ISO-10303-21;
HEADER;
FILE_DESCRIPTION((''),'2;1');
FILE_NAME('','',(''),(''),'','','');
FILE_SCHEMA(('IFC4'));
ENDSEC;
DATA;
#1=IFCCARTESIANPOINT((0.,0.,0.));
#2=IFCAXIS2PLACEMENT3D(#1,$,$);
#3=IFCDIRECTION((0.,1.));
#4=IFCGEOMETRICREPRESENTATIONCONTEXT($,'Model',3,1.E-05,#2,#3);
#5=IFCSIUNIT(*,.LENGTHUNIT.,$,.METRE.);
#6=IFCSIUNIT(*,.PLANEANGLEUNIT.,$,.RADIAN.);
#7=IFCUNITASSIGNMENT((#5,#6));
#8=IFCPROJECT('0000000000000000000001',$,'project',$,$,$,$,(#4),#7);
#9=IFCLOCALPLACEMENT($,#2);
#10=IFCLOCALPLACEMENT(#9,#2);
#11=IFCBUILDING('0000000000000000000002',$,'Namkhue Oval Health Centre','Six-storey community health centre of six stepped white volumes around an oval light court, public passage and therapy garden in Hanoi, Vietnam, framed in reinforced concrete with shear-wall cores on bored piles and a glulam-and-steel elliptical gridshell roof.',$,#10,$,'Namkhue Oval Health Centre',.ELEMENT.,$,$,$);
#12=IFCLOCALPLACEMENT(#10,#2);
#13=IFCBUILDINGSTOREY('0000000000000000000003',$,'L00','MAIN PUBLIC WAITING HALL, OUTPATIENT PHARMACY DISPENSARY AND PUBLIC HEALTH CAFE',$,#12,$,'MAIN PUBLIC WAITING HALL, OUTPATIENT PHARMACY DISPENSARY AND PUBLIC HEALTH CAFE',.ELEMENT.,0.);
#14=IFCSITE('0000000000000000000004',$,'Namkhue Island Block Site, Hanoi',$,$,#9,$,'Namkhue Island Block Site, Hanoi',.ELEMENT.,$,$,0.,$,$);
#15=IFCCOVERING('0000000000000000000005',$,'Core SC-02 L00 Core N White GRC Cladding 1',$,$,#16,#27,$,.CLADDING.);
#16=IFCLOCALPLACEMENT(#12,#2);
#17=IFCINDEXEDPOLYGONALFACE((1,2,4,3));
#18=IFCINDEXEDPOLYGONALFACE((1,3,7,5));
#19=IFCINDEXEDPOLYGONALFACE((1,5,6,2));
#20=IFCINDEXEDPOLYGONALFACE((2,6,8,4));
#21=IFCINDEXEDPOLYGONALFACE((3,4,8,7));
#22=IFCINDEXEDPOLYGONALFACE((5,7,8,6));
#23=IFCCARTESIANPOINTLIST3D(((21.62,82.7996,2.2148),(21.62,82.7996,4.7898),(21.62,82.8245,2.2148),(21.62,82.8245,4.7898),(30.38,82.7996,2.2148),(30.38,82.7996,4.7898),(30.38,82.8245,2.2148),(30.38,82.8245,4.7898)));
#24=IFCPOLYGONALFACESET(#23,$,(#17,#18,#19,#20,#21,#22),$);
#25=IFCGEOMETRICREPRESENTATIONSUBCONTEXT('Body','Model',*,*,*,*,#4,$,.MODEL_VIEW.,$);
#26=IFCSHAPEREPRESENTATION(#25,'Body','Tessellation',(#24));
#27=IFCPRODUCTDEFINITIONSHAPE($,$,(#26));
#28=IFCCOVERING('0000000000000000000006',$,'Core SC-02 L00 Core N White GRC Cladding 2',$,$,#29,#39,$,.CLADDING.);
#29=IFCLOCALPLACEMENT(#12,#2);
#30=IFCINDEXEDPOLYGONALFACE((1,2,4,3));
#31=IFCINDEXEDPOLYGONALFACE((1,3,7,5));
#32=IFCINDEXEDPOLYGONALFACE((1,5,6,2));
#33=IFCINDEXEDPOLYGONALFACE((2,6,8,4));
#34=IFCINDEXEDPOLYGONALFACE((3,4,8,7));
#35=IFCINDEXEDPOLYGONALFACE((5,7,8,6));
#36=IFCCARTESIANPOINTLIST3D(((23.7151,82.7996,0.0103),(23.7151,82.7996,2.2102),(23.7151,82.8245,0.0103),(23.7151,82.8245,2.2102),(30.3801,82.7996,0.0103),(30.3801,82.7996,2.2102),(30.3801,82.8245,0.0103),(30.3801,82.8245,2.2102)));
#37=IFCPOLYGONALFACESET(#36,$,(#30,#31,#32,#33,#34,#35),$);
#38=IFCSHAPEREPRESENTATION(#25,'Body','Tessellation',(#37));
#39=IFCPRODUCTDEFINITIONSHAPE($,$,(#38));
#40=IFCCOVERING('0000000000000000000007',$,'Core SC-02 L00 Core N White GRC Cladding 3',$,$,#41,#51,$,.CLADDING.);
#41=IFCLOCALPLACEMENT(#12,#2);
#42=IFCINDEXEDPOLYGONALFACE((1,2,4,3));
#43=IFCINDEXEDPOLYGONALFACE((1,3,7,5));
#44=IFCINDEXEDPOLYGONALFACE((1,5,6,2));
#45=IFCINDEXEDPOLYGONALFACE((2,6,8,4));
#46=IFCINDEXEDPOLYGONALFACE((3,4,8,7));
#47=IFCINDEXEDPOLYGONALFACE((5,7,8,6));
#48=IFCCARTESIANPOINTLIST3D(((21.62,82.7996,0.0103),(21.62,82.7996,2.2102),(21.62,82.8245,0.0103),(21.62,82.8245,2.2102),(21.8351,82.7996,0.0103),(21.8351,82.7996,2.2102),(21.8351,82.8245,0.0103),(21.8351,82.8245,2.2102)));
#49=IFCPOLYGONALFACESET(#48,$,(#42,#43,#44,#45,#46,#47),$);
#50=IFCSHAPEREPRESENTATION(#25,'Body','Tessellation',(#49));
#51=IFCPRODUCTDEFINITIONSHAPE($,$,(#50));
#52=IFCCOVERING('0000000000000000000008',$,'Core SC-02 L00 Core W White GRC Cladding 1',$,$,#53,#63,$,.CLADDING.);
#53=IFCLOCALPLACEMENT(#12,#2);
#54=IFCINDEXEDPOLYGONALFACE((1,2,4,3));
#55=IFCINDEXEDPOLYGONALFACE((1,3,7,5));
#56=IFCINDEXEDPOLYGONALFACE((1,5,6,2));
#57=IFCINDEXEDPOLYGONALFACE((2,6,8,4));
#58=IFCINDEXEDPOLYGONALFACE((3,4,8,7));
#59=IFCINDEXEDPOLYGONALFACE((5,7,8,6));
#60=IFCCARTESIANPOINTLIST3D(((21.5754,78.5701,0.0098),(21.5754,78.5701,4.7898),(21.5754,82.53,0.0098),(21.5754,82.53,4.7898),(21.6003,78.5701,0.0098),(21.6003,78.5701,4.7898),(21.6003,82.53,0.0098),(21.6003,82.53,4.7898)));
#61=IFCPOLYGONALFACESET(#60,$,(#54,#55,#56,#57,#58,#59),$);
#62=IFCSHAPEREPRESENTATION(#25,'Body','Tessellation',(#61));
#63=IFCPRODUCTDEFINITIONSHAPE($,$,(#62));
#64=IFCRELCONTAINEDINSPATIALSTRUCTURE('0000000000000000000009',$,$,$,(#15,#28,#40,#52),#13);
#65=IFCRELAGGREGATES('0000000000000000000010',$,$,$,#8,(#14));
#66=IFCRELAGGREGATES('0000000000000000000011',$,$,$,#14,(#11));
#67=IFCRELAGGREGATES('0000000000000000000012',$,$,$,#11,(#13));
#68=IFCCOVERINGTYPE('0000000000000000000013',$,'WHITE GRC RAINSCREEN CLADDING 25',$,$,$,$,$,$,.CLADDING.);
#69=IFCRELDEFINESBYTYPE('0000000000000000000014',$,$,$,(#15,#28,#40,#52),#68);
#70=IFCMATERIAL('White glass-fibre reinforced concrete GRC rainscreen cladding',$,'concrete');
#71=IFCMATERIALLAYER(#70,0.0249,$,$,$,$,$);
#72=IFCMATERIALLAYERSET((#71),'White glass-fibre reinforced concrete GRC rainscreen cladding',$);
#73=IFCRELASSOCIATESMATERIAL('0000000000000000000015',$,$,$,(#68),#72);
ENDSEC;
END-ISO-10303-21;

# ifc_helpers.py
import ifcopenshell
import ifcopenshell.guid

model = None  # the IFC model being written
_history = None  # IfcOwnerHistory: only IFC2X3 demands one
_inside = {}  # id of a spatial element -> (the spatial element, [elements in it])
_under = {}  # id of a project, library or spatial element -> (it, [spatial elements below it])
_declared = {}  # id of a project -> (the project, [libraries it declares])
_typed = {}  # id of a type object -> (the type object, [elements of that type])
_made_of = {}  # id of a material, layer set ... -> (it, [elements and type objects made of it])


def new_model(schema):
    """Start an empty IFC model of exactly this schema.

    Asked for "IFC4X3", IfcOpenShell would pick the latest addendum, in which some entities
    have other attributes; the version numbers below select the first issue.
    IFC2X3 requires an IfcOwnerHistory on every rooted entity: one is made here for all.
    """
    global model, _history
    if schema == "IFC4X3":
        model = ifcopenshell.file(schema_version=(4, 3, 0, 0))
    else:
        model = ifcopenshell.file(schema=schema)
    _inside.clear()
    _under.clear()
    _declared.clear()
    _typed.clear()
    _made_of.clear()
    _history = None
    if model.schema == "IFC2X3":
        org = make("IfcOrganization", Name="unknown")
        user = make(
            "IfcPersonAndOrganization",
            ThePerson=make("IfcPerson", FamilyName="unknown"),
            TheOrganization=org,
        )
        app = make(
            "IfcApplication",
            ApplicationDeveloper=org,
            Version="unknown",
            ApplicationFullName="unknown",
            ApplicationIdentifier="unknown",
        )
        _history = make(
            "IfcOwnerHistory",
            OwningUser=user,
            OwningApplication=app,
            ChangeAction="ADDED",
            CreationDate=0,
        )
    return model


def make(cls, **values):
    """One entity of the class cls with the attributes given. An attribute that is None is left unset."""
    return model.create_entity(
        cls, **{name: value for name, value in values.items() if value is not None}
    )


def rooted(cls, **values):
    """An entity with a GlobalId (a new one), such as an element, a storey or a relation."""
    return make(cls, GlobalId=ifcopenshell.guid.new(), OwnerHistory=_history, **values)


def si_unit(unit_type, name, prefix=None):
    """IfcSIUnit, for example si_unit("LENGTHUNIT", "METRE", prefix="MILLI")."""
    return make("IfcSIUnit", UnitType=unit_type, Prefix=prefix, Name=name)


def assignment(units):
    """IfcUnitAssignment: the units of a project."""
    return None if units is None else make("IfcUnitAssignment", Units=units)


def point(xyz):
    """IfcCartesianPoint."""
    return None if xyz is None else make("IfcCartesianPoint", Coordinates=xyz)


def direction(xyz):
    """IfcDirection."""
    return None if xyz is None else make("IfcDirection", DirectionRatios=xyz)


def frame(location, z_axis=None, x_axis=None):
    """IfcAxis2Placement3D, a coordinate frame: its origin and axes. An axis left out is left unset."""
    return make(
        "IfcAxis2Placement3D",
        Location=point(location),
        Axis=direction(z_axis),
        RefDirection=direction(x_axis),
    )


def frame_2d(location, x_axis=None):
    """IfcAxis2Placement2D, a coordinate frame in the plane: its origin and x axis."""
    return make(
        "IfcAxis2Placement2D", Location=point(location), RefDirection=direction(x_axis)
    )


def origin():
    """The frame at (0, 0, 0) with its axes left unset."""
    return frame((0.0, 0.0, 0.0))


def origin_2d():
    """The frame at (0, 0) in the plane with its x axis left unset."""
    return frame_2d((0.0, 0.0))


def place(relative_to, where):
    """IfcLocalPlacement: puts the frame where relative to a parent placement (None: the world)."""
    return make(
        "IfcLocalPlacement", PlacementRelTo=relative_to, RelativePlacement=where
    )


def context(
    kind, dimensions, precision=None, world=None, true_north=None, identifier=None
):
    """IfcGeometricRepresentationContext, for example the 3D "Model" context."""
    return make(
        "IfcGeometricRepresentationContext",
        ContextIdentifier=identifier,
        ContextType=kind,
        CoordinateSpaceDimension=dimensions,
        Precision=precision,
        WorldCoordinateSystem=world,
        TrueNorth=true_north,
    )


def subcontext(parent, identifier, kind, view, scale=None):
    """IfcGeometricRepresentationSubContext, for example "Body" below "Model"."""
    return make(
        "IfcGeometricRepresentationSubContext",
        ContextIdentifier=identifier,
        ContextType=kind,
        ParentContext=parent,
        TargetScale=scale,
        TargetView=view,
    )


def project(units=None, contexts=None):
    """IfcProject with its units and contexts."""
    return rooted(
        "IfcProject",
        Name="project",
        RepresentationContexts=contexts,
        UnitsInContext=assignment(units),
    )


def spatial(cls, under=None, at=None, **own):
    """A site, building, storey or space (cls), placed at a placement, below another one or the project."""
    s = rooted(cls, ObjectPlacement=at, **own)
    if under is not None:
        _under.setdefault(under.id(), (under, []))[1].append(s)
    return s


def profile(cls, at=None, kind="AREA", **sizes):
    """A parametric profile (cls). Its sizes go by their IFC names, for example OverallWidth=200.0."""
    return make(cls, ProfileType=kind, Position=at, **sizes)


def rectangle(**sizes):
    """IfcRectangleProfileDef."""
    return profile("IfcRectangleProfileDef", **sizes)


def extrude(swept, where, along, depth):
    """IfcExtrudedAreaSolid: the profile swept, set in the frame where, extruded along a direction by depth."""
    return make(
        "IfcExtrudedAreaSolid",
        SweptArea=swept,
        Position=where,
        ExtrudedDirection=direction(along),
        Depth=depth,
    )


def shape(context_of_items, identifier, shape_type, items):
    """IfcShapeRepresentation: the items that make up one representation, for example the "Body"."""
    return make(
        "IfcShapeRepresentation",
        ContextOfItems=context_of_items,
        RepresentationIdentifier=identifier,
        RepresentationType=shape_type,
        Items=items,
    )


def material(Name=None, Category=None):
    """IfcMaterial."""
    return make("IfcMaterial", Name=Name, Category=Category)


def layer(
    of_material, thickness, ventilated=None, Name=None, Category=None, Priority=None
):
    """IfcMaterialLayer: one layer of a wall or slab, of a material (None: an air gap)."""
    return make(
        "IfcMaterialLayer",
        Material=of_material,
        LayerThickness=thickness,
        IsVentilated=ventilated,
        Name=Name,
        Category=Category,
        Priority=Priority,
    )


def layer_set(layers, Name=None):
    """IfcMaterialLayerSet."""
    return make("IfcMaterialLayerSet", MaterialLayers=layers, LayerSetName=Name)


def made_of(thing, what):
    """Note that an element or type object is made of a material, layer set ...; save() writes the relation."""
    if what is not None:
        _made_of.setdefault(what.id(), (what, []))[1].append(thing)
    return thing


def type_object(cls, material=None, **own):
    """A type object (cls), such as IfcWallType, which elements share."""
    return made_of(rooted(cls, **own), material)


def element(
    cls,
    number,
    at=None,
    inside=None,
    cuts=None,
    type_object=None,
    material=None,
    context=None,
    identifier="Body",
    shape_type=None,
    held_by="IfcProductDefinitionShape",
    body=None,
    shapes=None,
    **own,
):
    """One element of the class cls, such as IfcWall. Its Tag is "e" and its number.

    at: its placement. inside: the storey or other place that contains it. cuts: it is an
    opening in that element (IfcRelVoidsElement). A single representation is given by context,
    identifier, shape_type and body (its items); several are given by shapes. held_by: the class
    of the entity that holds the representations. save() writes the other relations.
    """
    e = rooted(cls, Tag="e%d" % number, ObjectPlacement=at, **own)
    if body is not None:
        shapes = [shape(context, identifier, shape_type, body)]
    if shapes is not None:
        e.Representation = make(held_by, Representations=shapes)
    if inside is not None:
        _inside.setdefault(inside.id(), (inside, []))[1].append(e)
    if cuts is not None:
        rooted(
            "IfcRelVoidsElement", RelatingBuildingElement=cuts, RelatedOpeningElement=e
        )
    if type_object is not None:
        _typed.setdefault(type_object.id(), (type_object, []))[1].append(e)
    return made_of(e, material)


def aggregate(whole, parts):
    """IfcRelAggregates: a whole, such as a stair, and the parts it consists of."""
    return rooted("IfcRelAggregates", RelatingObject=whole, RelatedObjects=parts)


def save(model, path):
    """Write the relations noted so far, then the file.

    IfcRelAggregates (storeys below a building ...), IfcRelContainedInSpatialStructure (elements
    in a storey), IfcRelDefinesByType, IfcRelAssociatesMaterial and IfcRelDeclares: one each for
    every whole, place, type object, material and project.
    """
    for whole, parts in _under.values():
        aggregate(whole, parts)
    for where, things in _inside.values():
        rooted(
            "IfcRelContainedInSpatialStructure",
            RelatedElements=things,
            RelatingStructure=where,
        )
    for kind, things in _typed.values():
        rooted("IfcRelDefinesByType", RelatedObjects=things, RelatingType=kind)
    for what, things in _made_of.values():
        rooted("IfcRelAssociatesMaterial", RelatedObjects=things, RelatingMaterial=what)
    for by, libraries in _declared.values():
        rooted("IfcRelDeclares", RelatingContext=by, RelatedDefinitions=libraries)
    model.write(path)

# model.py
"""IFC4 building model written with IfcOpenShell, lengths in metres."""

from ifc_helpers import new_model, si_unit, direction, frame, origin, origin_2d, place, context, subcontext, project, spatial, rectangle, extrude, material, layer, layer_set, type_object, element, save


model = new_model("IFC4")

# Units and contexts
model_context = context("Model", 3, precision=1e-05, world=origin(), true_north=direction((0.0, 1.0)))
body_context = subcontext(model_context, "Body", "Model", "MODEL_VIEW")
ifc_project = project(units=[si_unit("LENGTHUNIT", "METRE"), si_unit("PLANEANGLEUNIT", "RADIAN")], contexts=[model_context])

# Site, building, storey
site_placement = place(None, origin())
site = spatial("IfcSite", under=ifc_project, at=site_placement, Name="Namkhue Island Block Site, Hanoi", LongName="Namkhue Island Block Site, Hanoi", CompositionType="ELEMENT", RefElevation=0.0)
building_placement = place(site_placement, origin())
building = spatial("IfcBuilding", under=site, at=building_placement, Name="Namkhue Oval Health Centre", Description="Six-storey community health centre of six stepped white volumes around an oval light court, public passage and therapy garden in Hanoi, Vietnam, framed in reinforced concrete with shear-wall cores on bored piles and a glulam-and-steel elliptical gridshell roof.", LongName="Namkhue Oval Health Centre", CompositionType="ELEMENT")
storey_placement = place(building_placement, origin())
storey = spatial("IfcBuildingStorey", under=building, at=storey_placement, Name="L00", Description="MAIN PUBLIC WAITING HALL, OUTPATIENT PHARMACY DISPENSARY AND PUBLIC HEALTH CAFE", LongName="MAIN PUBLIC WAITING HALL, OUTPATIENT PHARMACY DISPENSARY AND PUBLIC HEALTH CAFE", CompositionType="ELEMENT", Elevation=0.0)

# Coverings
ifc_material_1 = material(Name="White glass-fibre reinforced concrete GRC rainscreen cladding", Category="concrete")
ifc_layer_1 = layer(ifc_material_1, 0.0249)
ifc_layer_set_1 = layer_set([ifc_layer_1], Name="White glass-fibre reinforced concrete GRC rainscreen cladding")
covering_type = type_object("IfcCoveringType", Name="WHITE GRC RAINSCREEN CLADDING 25", PredefinedType="CLADDING", material=ifc_layer_set_1)
covering_1_placement = place(storey_placement, frame((26.0, 82.812, 2.2148), z_axis=(0.0, 0.0, 1.0), x_axis=(-1.0, 0.0, 0.0)))
element("IfcCovering", 1, at=covering_1_placement, inside=storey, type_object=covering_type, Name="Core SC-02 L00 Core N White GRC Cladding 1", PredefinedType="CLADDING", context=body_context, shape_type="SweptSolid", body=[
    extrude(rectangle(XDim=8.76, YDim=0.0249, at=origin_2d()), origin(), (0.0, 0.0, 1.0), 2.575),
])
covering_2_placement = place(storey_placement, frame((27.0476, 82.812, 0.0103), z_axis=(0.0, 0.0, 1.0), x_axis=(-1.0, 0.0, 0.0)))
element("IfcCovering", 2, at=covering_2_placement, inside=storey, type_object=covering_type, Name="Core SC-02 L00 Core N White GRC Cladding 2", PredefinedType="CLADDING", context=body_context, shape_type="SweptSolid", body=[
    extrude(rectangle(XDim=6.665, YDim=0.0249, at=origin_2d()), origin(), (0.0, 0.0, 1.0), 2.2),
])
covering_3_placement = place(storey_placement, frame((21.7275, 82.812, 0.0103), z_axis=(0.0, 0.0, 1.0), x_axis=(-1.0, 0.0, 0.0)))
element("IfcCovering", 3, at=covering_3_placement, inside=storey, type_object=covering_type, Name="Core SC-02 L00 Core N White GRC Cladding 3", PredefinedType="CLADDING", context=body_context, shape_type="SweptSolid", body=[
    extrude(rectangle(XDim=0.2151, YDim=0.0249, at=origin_2d()), origin(), (0.0, 0.0, 1.0), 2.2),
])
covering_4_placement = place(storey_placement, frame((21.5879, 80.55, 0.0098), z_axis=(0.0, 0.0, 1.0), x_axis=(0.0, -1.0, 0.0)))
element("IfcCovering", 4, at=covering_4_placement, inside=storey, type_object=covering_type, Name="Core SC-02 L00 Core W White GRC Cladding 1", PredefinedType="CLADDING", context=body_context, shape_type="SweptSolid", body=[
    extrude(rectangle(XDim=3.96, YDim=0.0249, at=origin_2d()), origin(), (0.0, 0.0, 1.0), 4.78),
])

save(model, "model.ifc")
